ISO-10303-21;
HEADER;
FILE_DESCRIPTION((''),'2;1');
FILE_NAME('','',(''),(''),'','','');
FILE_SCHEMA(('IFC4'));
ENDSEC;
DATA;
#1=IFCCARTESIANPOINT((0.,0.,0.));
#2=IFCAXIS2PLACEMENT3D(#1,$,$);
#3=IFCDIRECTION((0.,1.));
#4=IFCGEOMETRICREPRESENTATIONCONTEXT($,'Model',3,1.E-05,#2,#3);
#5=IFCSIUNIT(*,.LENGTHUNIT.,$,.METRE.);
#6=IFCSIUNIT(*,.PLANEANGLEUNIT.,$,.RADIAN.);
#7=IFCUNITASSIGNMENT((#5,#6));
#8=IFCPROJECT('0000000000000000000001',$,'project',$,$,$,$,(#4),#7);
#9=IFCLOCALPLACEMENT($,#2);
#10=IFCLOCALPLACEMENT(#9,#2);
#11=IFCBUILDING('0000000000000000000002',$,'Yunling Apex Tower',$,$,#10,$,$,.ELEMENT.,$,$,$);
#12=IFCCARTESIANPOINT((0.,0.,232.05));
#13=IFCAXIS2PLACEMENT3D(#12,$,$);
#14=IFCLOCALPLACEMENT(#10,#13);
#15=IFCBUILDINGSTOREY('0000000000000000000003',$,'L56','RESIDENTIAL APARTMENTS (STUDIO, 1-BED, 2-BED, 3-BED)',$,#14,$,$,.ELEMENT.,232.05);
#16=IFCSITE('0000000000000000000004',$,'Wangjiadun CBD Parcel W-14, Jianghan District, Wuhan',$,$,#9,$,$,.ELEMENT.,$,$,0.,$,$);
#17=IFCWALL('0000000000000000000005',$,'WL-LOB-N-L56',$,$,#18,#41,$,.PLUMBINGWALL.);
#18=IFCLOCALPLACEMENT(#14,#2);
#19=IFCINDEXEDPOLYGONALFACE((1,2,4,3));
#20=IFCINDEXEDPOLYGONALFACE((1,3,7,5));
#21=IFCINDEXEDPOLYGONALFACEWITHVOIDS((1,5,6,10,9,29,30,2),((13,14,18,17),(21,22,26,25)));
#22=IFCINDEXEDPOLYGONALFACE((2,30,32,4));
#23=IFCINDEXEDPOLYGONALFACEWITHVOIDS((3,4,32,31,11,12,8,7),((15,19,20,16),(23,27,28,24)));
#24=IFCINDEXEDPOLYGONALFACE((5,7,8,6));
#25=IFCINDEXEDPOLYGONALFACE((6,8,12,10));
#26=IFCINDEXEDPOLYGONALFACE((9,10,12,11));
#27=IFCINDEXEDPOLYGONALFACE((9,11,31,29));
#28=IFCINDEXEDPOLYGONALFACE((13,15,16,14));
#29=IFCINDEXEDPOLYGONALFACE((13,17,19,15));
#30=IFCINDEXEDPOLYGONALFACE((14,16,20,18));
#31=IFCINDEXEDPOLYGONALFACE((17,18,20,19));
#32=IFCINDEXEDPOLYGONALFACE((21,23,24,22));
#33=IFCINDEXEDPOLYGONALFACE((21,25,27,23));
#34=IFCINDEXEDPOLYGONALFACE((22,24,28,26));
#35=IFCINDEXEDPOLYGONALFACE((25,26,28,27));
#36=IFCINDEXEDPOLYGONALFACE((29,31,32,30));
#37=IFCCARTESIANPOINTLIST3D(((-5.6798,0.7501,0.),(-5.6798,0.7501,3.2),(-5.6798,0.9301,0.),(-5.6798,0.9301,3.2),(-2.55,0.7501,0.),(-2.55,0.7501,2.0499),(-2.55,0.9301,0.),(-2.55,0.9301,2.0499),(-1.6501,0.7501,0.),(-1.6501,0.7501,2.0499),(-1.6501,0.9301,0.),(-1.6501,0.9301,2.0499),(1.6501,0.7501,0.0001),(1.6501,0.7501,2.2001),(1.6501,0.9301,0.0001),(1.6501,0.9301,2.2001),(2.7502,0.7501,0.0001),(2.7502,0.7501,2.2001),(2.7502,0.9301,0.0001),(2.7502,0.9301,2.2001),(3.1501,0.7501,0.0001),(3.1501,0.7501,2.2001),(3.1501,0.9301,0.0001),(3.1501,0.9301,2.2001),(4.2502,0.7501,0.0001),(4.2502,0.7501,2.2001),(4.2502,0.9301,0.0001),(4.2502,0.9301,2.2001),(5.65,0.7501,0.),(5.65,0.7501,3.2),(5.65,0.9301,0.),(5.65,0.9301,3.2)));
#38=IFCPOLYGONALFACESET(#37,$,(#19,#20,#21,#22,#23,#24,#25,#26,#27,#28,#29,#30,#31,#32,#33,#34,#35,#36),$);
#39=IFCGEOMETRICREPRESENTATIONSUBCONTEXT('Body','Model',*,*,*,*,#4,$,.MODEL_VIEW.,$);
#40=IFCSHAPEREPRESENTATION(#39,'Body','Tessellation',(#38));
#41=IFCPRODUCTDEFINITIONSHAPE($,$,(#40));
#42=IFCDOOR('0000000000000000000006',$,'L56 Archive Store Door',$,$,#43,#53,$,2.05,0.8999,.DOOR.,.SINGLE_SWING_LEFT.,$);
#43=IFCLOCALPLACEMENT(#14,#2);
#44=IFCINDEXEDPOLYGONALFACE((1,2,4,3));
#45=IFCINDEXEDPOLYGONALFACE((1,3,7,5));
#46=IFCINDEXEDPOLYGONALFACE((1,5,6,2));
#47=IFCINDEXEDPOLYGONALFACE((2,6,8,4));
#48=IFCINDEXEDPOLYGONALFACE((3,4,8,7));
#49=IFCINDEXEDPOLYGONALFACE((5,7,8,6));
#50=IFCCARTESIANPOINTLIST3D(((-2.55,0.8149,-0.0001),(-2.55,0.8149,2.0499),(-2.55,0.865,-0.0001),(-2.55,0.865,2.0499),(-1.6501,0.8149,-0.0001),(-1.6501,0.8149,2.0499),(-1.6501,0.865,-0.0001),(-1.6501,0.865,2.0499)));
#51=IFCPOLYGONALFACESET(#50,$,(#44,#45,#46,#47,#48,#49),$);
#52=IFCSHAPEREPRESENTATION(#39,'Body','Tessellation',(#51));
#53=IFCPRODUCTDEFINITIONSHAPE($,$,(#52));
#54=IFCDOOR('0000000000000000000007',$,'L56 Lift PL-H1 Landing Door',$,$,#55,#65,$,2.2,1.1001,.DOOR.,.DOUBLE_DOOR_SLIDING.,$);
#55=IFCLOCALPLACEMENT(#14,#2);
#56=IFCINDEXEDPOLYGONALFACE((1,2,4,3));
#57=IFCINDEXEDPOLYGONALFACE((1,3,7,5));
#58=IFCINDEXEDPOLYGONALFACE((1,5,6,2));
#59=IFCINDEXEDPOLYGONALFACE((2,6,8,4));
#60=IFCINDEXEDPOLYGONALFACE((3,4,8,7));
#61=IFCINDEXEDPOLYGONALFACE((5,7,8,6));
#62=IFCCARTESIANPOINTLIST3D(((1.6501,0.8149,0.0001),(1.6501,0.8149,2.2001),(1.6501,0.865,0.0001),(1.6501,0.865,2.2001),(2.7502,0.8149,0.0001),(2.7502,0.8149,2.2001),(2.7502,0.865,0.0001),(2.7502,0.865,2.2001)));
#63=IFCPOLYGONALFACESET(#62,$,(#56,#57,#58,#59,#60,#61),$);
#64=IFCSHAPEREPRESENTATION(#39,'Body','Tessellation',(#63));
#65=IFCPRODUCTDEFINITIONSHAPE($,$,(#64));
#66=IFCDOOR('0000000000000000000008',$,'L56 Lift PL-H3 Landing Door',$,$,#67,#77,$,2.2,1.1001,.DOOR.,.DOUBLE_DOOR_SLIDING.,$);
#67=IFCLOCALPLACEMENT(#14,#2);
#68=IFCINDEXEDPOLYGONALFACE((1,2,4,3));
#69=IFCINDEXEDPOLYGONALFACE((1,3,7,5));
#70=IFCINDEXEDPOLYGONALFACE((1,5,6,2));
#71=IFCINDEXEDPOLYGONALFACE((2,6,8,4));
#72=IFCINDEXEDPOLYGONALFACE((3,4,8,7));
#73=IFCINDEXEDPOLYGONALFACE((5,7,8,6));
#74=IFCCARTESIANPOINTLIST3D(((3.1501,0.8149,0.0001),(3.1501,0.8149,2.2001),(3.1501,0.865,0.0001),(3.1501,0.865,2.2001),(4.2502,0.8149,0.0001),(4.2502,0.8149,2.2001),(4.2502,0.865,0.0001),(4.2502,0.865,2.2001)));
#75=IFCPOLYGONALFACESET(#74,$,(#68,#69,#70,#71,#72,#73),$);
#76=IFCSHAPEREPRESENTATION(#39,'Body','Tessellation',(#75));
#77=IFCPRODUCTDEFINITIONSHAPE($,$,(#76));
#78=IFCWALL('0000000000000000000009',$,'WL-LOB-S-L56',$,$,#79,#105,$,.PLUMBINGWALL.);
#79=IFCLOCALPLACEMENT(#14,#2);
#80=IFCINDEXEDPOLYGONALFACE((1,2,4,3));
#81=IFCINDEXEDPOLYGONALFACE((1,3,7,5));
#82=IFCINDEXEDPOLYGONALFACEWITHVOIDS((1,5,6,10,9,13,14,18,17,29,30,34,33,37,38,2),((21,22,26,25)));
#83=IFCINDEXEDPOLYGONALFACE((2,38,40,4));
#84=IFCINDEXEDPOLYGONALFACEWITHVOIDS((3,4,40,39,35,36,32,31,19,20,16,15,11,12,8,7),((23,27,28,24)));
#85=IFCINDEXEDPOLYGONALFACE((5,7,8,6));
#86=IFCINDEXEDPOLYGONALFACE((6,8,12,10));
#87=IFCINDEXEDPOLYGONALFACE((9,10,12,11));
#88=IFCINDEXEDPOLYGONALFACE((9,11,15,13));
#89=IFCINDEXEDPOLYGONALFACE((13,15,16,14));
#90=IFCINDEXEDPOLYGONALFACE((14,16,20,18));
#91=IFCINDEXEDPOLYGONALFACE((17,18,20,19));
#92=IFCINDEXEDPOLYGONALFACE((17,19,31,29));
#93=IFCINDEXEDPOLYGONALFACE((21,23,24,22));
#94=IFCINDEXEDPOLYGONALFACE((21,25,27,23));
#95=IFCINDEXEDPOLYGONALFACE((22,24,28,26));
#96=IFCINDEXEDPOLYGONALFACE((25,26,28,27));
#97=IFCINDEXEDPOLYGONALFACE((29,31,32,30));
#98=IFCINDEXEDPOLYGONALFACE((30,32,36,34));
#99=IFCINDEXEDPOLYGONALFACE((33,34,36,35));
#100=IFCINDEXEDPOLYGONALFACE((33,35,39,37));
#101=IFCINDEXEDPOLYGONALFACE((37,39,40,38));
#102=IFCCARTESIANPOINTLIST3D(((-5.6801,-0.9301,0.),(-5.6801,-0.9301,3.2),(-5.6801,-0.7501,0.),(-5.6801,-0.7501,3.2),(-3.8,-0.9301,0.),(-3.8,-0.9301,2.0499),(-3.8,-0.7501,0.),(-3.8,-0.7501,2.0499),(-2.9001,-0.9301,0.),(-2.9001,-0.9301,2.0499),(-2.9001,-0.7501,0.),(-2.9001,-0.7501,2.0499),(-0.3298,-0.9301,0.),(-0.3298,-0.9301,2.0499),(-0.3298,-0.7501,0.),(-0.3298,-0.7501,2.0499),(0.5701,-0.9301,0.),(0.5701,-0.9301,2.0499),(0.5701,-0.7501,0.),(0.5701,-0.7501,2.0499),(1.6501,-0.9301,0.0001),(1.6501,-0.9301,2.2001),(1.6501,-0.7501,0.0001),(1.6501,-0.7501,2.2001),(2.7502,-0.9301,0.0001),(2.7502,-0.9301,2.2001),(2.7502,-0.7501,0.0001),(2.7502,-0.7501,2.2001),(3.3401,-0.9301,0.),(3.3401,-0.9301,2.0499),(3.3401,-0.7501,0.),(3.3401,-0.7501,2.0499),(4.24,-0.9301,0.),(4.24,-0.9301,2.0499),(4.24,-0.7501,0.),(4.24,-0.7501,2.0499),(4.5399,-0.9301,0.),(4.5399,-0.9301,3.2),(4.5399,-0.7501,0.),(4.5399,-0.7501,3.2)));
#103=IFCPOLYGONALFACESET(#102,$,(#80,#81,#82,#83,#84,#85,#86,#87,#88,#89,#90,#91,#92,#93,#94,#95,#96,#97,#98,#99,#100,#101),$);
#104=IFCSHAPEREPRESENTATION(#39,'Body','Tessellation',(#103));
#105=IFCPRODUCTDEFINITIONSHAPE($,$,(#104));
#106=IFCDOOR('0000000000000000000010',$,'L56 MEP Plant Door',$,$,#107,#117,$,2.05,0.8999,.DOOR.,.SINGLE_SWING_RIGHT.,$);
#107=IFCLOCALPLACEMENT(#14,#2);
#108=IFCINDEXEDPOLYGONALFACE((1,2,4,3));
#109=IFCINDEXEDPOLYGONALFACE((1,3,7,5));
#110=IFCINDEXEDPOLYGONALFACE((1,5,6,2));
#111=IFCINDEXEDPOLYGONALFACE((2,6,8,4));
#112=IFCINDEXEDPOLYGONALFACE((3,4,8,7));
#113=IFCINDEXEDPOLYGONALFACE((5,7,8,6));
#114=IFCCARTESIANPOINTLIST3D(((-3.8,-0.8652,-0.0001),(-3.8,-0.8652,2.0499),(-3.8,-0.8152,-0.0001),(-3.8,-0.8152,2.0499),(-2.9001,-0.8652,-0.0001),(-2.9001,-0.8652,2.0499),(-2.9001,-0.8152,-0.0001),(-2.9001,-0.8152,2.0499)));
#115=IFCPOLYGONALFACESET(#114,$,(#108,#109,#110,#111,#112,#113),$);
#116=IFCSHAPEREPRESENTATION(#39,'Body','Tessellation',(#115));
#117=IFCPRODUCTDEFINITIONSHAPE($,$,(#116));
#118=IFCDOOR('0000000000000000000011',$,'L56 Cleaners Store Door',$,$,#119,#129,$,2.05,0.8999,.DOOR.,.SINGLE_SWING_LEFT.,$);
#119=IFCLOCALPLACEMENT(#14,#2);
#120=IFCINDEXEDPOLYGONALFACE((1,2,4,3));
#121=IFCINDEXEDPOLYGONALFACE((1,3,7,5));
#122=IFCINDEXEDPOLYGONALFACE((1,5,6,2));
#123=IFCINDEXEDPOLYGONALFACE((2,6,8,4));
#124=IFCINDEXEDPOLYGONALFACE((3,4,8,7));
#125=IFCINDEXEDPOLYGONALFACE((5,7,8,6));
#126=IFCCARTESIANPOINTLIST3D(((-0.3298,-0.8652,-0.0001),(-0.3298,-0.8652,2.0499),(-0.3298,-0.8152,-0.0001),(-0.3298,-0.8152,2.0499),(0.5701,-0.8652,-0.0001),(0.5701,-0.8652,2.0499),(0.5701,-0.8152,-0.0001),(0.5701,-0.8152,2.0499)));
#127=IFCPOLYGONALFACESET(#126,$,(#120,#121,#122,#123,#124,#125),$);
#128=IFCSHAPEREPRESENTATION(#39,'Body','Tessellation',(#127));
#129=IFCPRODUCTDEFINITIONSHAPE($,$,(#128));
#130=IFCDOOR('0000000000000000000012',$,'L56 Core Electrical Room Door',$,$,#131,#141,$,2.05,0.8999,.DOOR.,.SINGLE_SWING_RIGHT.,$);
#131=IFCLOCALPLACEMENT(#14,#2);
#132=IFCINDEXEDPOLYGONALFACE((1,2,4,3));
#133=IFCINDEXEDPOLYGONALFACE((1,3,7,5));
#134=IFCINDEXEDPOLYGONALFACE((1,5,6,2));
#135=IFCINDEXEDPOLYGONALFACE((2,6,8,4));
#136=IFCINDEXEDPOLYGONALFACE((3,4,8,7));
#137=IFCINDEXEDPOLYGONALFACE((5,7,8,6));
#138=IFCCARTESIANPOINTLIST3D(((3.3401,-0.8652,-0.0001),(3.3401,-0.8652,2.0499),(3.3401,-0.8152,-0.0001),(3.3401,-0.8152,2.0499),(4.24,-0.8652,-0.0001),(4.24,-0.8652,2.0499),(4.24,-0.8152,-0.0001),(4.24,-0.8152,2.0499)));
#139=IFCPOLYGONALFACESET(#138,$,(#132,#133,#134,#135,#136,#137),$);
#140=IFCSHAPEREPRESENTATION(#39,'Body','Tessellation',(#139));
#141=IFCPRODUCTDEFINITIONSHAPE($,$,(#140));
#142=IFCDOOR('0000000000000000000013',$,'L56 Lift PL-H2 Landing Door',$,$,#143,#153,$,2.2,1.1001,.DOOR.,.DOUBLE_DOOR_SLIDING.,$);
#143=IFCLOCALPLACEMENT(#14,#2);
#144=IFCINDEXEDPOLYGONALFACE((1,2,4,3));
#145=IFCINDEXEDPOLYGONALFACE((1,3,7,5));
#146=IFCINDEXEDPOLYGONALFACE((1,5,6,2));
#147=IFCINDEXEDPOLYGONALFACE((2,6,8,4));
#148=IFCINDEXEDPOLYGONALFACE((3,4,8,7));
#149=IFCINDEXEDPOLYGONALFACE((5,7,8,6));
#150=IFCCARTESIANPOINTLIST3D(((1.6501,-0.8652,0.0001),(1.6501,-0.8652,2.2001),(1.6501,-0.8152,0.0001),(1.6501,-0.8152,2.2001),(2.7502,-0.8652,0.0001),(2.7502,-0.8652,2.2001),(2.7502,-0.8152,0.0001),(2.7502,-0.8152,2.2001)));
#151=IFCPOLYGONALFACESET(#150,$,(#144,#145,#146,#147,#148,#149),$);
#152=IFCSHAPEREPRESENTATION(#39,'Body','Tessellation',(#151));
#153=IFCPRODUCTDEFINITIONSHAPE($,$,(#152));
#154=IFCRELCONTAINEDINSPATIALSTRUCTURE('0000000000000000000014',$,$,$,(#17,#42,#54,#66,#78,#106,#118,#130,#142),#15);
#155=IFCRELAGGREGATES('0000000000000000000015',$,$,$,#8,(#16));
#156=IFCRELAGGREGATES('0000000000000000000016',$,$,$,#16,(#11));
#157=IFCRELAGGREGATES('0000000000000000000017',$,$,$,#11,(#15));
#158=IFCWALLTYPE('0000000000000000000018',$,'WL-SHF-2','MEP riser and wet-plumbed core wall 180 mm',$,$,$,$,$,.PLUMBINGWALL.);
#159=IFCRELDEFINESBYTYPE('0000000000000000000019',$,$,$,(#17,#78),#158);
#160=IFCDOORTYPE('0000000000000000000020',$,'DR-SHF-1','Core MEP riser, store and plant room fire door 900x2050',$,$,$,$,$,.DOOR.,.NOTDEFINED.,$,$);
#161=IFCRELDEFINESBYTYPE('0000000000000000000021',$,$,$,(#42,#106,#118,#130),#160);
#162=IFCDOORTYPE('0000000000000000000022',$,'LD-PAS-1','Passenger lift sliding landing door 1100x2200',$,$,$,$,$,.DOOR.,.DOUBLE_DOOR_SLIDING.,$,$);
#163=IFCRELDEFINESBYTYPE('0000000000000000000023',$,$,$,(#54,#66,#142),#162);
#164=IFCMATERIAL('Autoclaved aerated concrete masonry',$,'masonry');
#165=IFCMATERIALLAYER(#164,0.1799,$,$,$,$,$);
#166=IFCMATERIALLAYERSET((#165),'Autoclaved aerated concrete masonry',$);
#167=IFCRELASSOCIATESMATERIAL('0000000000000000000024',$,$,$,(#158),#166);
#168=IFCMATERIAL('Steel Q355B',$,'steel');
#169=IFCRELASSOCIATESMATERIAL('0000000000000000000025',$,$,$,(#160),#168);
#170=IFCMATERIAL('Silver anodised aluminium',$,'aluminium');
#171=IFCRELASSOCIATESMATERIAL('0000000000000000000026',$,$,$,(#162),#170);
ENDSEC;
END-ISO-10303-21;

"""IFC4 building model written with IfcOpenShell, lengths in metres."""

from ifc_helpers import new_model, si_unit, direction, frame, frame_2d, origin, place, context, subcontext, project, spatial, rectangle, extrude, material, layer, layer_set, type_object, element, fill, save


model = new_model("IFC4")

# Units and contexts
model_context = context("Model", 3, precision=1e-05, world=origin(), true_north=direction((0.0, 1.0)))
body_context = subcontext(model_context, "Body", "Model", "MODEL_VIEW")
ifc_project = project(units=[si_unit("LENGTHUNIT", "METRE"), si_unit("PLANEANGLEUNIT", "RADIAN")], contexts=[model_context])

# Site, building, storey
site_placement = place(None, origin())
site = spatial("IfcSite", under=ifc_project, at=site_placement, Name="Wangjiadun CBD Parcel W-14, Jianghan District, Wuhan", CompositionType="ELEMENT", RefElevation=0.0)
building_placement = place(site_placement, origin())
building = spatial("IfcBuilding", under=site, at=building_placement, Name="Yunling Apex Tower", CompositionType="ELEMENT")
storey_placement = place(building_placement, frame((0.0, 0.0, 232.05)))
storey = spatial("IfcBuildingStorey", under=building, at=storey_placement, Name="L56", Description="RESIDENTIAL APARTMENTS (STUDIO, 1-BED, 2-BED, 3-BED)", CompositionType="ELEMENT", Elevation=232.05)

# Shared definitions
ifc_material_1 = material(Name="Steel Q355B", Category="steel")

# Shared definitions
ifc_material_2 = material(Name="Autoclaved aerated concrete masonry", Category="masonry")

# Walls, openings, doors
ifc_layer_1 = layer(ifc_material_2, 0.1799)
ifc_layer_set_1 = layer_set([ifc_layer_1], Name="Autoclaved aerated concrete masonry")
wall_type_1 = type_object("IfcWallType", Name="WL-SHF-2", Description="MEP riser and wet-plumbed core wall 180 mm", PredefinedType="PLUMBINGWALL", material=ifc_layer_set_1)
wall_1_placement = place(storey_placement, frame((-5.6799, 0.8401, 0.0), z_axis=(0.0, 0.0, 1.0), x_axis=(1.0, 0.0, 0.0)))
wall_1 = element("IfcWall", 1, at=wall_1_placement, inside=storey, type_object=wall_type_1, Name="WL-LOB-N-L56", PredefinedType="PLUMBINGWALL", context=body_context, shape_type="SweptSolid", body=[
    extrude(rectangle(XDim=11.3298, YDim=0.1799, at=frame_2d((5.665, 0.0))), origin(), (0.0, 0.0, 1.0), 3.2),
])
opening_1_placement = place(wall_1_placement, frame((3.1299, 0.0, 0.0)))
opening_1 = element("IfcOpeningElement", 2, at=opening_1_placement, cuts=wall_1, PredefinedType="OPENING", context=body_context, shape_type="SweptSolid", body=[
    extrude(rectangle(XDim=0.8999, YDim=2.05, at=frame_2d((0.45, 1.0249))), frame((0.0, 0.1001, 0.0), z_axis=(0.0, -1.0, 0.0), x_axis=(1.0, 0.0, 0.0)), (0.0, 0.0, 1.0), 0.2),
])
opening_2_placement = place(wall_1_placement, frame((7.3301, 0.0, 0.0)))
opening_2 = element("IfcOpeningElement", 3, at=opening_2_placement, cuts=wall_1, PredefinedType="OPENING", context=body_context, shape_type="SweptSolid", body=[
    extrude(rectangle(XDim=1.1001, YDim=2.2, at=frame_2d((0.55, 1.1001))), frame((0.0, 0.1001, 0.0), z_axis=(0.0, -1.0, 0.0), x_axis=(1.0, 0.0, 0.0)), (0.0, 0.0, 1.0), 0.2),
])
opening_3_placement = place(wall_1_placement, frame((8.8301, 0.0, 0.0)))
opening_3 = element("IfcOpeningElement", 4, at=opening_3_placement, cuts=wall_1, PredefinedType="OPENING", context=body_context, shape_type="SweptSolid", body=[
    extrude(rectangle(XDim=1.1001, YDim=2.2, at=frame_2d((0.55, 1.1001))), frame((0.0, 0.1001, 0.0), z_axis=(0.0, -1.0, 0.0), x_axis=(1.0, 0.0, 0.0)), (0.0, 0.0, 1.0), 0.2),
])
door_type_1 = type_object("IfcDoorType", Name="DR-SHF-1", Description="Core MEP riser, store and plant room fire door 900x2050", OperationType="NOTDEFINED", PredefinedType="DOOR", material=ifc_material_1)
door_1_placement = place(opening_1_placement, origin())
door_1 = element("IfcDoor", 5, at=door_1_placement, inside=storey, type_object=door_type_1, Name="L56 Archive Store Door", OperationType="SINGLE_SWING_LEFT", OverallHeight=2.05, OverallWidth=0.8999, PredefinedType="DOOR", context=body_context, shape_type="SweptSolid", body=[
    extrude(rectangle(XDim=0.8999, YDim=2.05, at=frame_2d((0.45, 1.0249))), frame((0.0, 0.0249, 0.0), z_axis=(0.0, -1.0, 0.0), x_axis=(1.0, 0.0, 0.0)), (0.0, 0.0, 1.0), 0.05),
])
fill(opening_1, door_1)
ifc_material_3 = material(Name="Silver anodised aluminium", Category="aluminium")
door_type_2 = type_object("IfcDoorType", Name="LD-PAS-1", Description="Passenger lift sliding landing door 1100x2200", OperationType="DOUBLE_DOOR_SLIDING", PredefinedType="DOOR", material=ifc_material_3)
door_2_placement = place(opening_2_placement, origin())
door_2 = element("IfcDoor", 6, at=door_2_placement, inside=storey, type_object=door_type_2, Name="L56 Lift PL-H1 Landing Door", OperationType="DOUBLE_DOOR_SLIDING", OverallHeight=2.2, OverallWidth=1.1001, PredefinedType="DOOR", context=body_context, shape_type="SweptSolid", body=[
    extrude(rectangle(XDim=1.1001, YDim=2.2, at=frame_2d((0.55, 1.1001))), frame((0.0, 0.0249, 0.0), z_axis=(0.0, -1.0, 0.0), x_axis=(1.0, 0.0, 0.0)), (0.0, 0.0, 1.0), 0.05),
])
fill(opening_2, door_2)
door_3_placement = place(opening_3_placement, origin())
door_3 = element("IfcDoor", 7, at=door_3_placement, inside=storey, type_object=door_type_2, Name="L56 Lift PL-H3 Landing Door", OperationType="DOUBLE_DOOR_SLIDING", OverallHeight=2.2, OverallWidth=1.1001, PredefinedType="DOOR", context=body_context, shape_type="SweptSolid", body=[
    extrude(rectangle(XDim=1.1001, YDim=2.2, at=frame_2d((0.55, 1.1001))), frame((0.0, 0.0249, 0.0), z_axis=(0.0, -1.0, 0.0), x_axis=(1.0, 0.0, 0.0)), (0.0, 0.0, 1.0), 0.05),
])
fill(opening_3, door_3)
wall_2_placement = place(storey_placement, frame((-5.6799, -0.8401, 0.0), z_axis=(0.0, 0.0, 1.0), x_axis=(1.0, 0.0, 0.0)))
wall_2 = element("IfcWall", 8, at=wall_2_placement, inside=storey, type_object=wall_type_1, Name="WL-LOB-S-L56", PredefinedType="PLUMBINGWALL", context=body_context, shape_type="SweptSolid", body=[
    extrude(rectangle(XDim=10.22, YDim=0.1799, at=frame_2d((5.1099, 0.0))), origin(), (0.0, 0.0, 1.0), 3.2),
])
opening_4_placement = place(wall_2_placement, frame((1.8799, 0.0, 0.0)))
opening_4 = element("IfcOpeningElement", 9, at=opening_4_placement, cuts=wall_2, PredefinedType="OPENING", context=body_context, shape_type="SweptSolid", body=[
    extrude(rectangle(XDim=0.8999, YDim=2.05, at=frame_2d((0.45, 1.0249))), frame((0.0, 0.1001, 0.0), z_axis=(0.0, -1.0, 0.0), x_axis=(1.0, 0.0, 0.0)), (0.0, 0.0, 1.0), 0.2),
])
opening_5_placement = place(wall_2_placement, frame((5.3501, 0.0, 0.0)))
opening_5 = element("IfcOpeningElement", 10, at=opening_5_placement, cuts=wall_2, PredefinedType="OPENING", context=body_context, shape_type="SweptSolid", body=[
    extrude(rectangle(XDim=0.8999, YDim=2.05, at=frame_2d((0.45, 1.0249))), frame((0.0, 0.1001, 0.0), z_axis=(0.0, -1.0, 0.0), x_axis=(1.0, 0.0, 0.0)), (0.0, 0.0, 1.0), 0.2),
])
opening_6_placement = place(wall_2_placement, frame((7.3301, 0.0, 0.0)))
opening_6 = element("IfcOpeningElement", 11, at=opening_6_placement, cuts=wall_2, PredefinedType="OPENING", context=body_context, shape_type="SweptSolid", body=[
    extrude(rectangle(XDim=1.1001, YDim=2.2, at=frame_2d((0.55, 1.1001))), frame((0.0, 0.1001, 0.0), z_axis=(0.0, -1.0, 0.0), x_axis=(1.0, 0.0, 0.0)), (0.0, 0.0, 1.0), 0.2),
])
opening_7_placement = place(wall_2_placement, frame((9.02, 0.0, 0.0)))
opening_7 = element("IfcOpeningElement", 12, at=opening_7_placement, cuts=wall_2, PredefinedType="OPENING", context=body_context, shape_type="SweptSolid", body=[
    extrude(rectangle(XDim=0.8999, YDim=2.05, at=frame_2d((0.45, 1.0249))), frame((0.0, 0.1001, 0.0), z_axis=(0.0, -1.0, 0.0), x_axis=(1.0, 0.0, 0.0)), (0.0, 0.0, 1.0), 0.2),
])
door_4_placement = place(opening_4_placement, origin())
door_4 = element("IfcDoor", 13, at=door_4_placement, inside=storey, type_object=door_type_1, Name="L56 MEP Plant Door", OperationType="SINGLE_SWING_RIGHT", OverallHeight=2.05, OverallWidth=0.8999, PredefinedType="DOOR", context=body_context, shape_type="SweptSolid", body=[
    extrude(rectangle(XDim=0.8999, YDim=2.05, at=frame_2d((0.45, 1.0249))), frame((0.0, 0.0249, 0.0), z_axis=(0.0, -1.0, 0.0), x_axis=(1.0, 0.0, 0.0)), (0.0, 0.0, 1.0), 0.05),
])
fill(opening_4, door_4)
door_5_placement = place(opening_5_placement, origin())
door_5 = element("IfcDoor", 14, at=door_5_placement, inside=storey, type_object=door_type_1, Name="L56 Cleaners Store Door", OperationType="SINGLE_SWING_LEFT", OverallHeight=2.05, OverallWidth=0.8999, PredefinedType="DOOR", context=body_context, shape_type="SweptSolid", body=[
    extrude(rectangle(XDim=0.8999, YDim=2.05, at=frame_2d((0.45, 1.0249))), frame((0.0, 0.0249, 0.0), z_axis=(0.0, -1.0, 0.0), x_axis=(1.0, 0.0, 0.0)), (0.0, 0.0, 1.0), 0.05),
])
fill(opening_5, door_5)
door_6_placement = place(opening_7_placement, origin())
door_6 = element("IfcDoor", 15, at=door_6_placement, inside=storey, type_object=door_type_1, Name="L56 Core Electrical Room Door", OperationType="SINGLE_SWING_RIGHT", OverallHeight=2.05, OverallWidth=0.8999, PredefinedType="DOOR", context=body_context, shape_type="SweptSolid", body=[
    extrude(rectangle(XDim=0.8999, YDim=2.05, at=frame_2d((0.45, 1.0249))), frame((0.0, 0.0249, 0.0), z_axis=(0.0, -1.0, 0.0), x_axis=(1.0, 0.0, 0.0)), (0.0, 0.0, 1.0), 0.05),
])
fill(opening_7, door_6)
door_7_placement = place(opening_6_placement, origin())
door_7 = element("IfcDoor", 16, at=door_7_placement, inside=storey, type_object=door_type_2, Name="L56 Lift PL-H2 Landing Door", OperationType="DOUBLE_DOOR_SLIDING", OverallHeight=2.2, OverallWidth=1.1001, PredefinedType="DOOR", context=body_context, shape_type="SweptSolid", body=[
    extrude(rectangle(XDim=1.1001, YDim=2.2, at=frame_2d((0.55, 1.1001))), frame((0.0, 0.0249, 0.0), z_axis=(0.0, -1.0, 0.0), x_axis=(1.0, 0.0, 0.0)), (0.0, 0.0, 1.0), 0.05),
])
fill(opening_6, door_7)

save(model, "model.ifc")
